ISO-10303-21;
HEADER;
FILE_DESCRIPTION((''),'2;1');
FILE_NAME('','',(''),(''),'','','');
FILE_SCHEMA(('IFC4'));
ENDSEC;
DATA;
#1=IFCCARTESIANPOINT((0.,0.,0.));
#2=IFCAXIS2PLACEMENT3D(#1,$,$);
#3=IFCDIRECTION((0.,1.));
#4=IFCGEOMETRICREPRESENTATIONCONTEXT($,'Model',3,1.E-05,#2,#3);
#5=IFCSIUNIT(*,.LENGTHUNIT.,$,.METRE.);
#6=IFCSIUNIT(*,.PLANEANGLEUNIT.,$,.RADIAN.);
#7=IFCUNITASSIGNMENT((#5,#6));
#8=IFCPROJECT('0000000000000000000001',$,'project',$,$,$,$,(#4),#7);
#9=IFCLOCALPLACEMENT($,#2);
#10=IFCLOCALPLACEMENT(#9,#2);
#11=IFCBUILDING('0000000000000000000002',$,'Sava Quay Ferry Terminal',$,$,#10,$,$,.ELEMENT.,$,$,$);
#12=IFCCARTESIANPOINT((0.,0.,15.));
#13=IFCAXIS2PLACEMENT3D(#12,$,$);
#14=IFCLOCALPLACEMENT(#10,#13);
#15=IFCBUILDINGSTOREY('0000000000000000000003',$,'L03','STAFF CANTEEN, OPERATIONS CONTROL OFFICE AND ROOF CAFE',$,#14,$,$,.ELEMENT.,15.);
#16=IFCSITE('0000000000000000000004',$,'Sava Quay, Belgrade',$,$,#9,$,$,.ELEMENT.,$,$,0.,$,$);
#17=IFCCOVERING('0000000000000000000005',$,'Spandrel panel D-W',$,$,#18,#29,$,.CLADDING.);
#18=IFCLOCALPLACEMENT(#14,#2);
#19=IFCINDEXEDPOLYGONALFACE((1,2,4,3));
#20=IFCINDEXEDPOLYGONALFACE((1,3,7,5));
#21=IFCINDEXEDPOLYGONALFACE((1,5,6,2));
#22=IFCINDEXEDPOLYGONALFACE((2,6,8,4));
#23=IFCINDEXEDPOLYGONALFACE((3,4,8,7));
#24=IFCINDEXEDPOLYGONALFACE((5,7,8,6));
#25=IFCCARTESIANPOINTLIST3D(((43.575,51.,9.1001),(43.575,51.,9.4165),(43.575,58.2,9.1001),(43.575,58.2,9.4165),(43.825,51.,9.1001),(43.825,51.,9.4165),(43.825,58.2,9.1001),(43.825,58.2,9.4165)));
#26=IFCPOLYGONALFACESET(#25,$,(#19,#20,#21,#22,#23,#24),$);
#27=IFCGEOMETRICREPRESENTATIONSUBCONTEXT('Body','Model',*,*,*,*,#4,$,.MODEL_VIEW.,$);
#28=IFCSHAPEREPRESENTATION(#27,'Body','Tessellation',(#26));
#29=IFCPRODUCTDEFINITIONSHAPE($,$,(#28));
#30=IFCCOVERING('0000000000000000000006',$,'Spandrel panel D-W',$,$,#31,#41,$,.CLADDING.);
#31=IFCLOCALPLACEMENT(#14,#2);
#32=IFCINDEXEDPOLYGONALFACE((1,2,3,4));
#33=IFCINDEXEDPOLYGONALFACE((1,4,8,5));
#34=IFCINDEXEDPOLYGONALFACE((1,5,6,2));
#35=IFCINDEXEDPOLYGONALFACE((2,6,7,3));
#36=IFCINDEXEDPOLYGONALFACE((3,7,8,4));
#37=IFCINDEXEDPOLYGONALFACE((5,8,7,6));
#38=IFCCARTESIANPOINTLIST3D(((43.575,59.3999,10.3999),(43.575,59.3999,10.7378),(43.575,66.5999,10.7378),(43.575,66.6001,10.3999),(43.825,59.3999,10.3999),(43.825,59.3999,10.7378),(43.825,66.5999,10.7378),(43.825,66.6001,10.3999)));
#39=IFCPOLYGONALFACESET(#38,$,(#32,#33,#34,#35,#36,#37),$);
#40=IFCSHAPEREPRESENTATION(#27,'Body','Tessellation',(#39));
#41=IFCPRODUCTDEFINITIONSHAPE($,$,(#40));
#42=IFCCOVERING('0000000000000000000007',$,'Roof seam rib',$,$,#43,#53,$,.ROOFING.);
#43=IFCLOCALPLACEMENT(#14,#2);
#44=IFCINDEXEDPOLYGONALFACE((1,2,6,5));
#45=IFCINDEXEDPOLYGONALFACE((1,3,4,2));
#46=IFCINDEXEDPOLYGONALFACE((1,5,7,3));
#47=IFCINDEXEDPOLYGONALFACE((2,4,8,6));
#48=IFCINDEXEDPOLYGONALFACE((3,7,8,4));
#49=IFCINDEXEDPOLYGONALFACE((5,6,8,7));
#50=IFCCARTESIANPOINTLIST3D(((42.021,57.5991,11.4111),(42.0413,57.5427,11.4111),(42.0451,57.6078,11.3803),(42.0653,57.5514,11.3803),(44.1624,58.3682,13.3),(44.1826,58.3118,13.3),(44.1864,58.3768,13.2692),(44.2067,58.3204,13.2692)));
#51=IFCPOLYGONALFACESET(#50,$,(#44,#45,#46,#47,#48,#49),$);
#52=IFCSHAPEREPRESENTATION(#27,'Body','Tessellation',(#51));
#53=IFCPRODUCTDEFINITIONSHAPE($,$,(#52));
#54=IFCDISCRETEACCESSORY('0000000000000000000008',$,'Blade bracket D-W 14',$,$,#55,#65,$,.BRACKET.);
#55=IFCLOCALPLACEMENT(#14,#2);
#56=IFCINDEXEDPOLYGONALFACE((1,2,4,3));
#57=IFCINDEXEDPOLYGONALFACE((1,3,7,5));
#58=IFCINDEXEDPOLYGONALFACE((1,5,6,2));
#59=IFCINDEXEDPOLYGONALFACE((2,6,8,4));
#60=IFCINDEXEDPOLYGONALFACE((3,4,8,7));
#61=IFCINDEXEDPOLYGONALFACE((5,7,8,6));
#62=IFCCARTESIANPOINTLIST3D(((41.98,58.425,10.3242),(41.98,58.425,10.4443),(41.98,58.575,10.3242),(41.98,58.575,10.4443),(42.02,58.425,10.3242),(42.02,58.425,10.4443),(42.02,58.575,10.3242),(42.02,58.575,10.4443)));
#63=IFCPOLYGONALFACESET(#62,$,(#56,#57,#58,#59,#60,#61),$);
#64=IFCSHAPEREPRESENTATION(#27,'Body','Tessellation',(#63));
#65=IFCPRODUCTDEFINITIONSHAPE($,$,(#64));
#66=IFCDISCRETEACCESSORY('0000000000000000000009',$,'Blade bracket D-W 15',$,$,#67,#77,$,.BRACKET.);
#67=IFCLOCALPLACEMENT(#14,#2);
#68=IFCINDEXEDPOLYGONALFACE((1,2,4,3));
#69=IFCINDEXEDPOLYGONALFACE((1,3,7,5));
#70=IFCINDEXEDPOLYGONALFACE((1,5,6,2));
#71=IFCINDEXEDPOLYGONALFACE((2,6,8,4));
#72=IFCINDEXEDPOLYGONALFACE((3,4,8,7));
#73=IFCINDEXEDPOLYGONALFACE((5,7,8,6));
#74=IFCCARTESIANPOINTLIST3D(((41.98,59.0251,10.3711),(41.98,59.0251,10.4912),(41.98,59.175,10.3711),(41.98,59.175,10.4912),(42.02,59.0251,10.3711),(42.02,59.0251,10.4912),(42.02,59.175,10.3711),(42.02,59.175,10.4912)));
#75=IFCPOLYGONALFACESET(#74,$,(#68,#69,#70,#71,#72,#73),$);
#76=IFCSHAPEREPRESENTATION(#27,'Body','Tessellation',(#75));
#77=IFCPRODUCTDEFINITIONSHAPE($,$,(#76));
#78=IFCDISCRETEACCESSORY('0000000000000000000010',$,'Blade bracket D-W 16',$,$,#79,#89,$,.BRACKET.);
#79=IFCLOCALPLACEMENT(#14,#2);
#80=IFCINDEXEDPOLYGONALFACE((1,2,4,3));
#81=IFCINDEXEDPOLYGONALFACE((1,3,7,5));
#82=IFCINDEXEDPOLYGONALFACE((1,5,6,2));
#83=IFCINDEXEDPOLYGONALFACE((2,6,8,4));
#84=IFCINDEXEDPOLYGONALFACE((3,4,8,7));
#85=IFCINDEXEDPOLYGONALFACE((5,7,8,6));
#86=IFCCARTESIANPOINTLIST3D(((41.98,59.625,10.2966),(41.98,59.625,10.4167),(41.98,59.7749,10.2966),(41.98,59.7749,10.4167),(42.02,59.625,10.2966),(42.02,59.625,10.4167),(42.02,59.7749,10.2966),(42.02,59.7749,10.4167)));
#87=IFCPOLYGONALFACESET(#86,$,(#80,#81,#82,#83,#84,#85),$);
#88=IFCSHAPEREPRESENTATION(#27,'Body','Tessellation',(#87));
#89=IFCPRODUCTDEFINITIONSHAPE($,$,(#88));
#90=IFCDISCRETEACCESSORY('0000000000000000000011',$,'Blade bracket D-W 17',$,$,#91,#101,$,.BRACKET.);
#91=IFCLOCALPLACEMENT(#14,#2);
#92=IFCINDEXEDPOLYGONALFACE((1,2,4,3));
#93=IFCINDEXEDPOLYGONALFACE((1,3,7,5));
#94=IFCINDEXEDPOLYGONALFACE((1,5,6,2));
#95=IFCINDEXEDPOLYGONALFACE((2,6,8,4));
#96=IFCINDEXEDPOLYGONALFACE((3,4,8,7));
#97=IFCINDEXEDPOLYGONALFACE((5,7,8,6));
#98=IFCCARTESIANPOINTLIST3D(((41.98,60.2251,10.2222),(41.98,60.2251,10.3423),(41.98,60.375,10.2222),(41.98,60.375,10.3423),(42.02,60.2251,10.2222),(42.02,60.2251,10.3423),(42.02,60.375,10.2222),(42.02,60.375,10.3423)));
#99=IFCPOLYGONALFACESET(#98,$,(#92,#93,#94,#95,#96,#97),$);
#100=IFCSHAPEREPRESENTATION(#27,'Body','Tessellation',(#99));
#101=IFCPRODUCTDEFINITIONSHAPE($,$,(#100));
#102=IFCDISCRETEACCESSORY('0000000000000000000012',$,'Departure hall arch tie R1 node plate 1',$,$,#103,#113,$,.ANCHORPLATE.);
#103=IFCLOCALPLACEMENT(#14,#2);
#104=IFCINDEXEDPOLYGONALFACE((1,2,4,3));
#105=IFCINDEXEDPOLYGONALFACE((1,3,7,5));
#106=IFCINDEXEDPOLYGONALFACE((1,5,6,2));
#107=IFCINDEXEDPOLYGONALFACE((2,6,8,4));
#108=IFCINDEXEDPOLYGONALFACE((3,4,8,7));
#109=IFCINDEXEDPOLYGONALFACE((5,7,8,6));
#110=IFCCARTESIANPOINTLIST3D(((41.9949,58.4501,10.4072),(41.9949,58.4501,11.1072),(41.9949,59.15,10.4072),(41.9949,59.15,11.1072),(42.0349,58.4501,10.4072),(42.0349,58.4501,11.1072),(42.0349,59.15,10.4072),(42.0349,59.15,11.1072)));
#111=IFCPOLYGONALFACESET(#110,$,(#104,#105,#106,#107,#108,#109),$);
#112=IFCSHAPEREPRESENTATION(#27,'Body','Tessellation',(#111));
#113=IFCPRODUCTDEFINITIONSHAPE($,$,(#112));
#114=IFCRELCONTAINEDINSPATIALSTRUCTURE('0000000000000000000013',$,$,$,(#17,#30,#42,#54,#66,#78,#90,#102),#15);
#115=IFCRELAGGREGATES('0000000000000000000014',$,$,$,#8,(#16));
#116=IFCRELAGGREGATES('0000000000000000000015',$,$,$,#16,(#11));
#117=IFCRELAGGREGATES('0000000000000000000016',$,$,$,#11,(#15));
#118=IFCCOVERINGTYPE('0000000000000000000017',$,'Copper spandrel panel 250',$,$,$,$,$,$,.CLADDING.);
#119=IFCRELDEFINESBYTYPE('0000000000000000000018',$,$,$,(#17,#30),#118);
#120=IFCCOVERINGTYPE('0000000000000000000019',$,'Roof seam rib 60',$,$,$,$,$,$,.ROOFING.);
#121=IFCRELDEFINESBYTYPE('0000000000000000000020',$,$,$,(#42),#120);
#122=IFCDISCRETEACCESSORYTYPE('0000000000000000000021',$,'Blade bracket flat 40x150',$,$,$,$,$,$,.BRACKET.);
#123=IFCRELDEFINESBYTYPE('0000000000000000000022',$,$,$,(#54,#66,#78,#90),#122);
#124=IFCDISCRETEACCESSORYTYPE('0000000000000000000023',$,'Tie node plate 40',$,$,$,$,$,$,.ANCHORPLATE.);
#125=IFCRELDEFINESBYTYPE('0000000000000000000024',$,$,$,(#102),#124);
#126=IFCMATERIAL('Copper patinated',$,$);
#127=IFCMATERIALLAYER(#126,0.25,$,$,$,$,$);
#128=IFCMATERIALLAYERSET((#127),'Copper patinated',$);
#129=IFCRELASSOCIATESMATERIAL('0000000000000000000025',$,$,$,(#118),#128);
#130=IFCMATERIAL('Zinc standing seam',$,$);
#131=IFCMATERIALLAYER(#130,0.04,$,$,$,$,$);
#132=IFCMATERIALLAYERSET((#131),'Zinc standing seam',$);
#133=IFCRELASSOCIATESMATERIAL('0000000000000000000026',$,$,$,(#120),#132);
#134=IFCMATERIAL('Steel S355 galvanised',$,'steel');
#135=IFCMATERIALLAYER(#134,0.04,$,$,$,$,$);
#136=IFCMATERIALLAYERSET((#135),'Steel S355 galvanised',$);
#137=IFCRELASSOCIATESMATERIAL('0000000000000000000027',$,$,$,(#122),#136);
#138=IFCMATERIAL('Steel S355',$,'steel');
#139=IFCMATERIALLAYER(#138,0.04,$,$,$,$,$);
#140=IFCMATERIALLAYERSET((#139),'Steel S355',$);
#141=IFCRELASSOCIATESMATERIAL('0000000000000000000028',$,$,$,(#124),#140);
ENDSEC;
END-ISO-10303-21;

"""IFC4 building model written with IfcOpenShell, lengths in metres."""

from ifc_helpers import new_model, si_unit, direction, frame, origin, origin_2d, place, context, subcontext, project, spatial, polyline, rectangle, outline, extrude, material, layer, layer_set, type_object, element, save


model = new_model("IFC4")

# Units and contexts
model_context = context("Model", 3, precision=1e-05, world=origin(), true_north=direction((0.0, 1.0)))
body_context = subcontext(model_context, "Body", "Model", "MODEL_VIEW")
ifc_project = project(units=[si_unit("LENGTHUNIT", "METRE"), si_unit("PLANEANGLEUNIT", "RADIAN")], contexts=[model_context])

# Site, building, storey
site_placement = place(None, origin())
site = spatial("IfcSite", under=ifc_project, at=site_placement, Name="Sava Quay, Belgrade", CompositionType="ELEMENT", RefElevation=0.0)
building_placement = place(site_placement, origin())
building = spatial("IfcBuilding", under=site, at=building_placement, Name="Sava Quay Ferry Terminal", CompositionType="ELEMENT")
storey_placement = place(building_placement, frame((0.0, 0.0, 15.0)))
storey = spatial("IfcBuildingStorey", under=building, at=storey_placement, Name="L03", Description="STAFF CANTEEN, OPERATIONS CONTROL OFFICE AND ROOF CAFE", CompositionType="ELEMENT", Elevation=15.0)

# Coverings
ifc_material_1 = material(Name="Copper patinated")
ifc_layer_1 = layer(ifc_material_1, 0.25)
ifc_layer_set_1 = layer_set([ifc_layer_1], Name="Copper patinated")
covering_type_1 = type_object("IfcCoveringType", Name="Copper spandrel panel 250", PredefinedType="CLADDING", material=ifc_layer_set_1)
covering_1_placement = place(storey_placement, frame((43.7, 51.0, 9.1001), z_axis=(0.0, 0.0, 1.0), x_axis=(0.0, 1.0, 0.0)))
element("IfcCovering", 1, at=covering_1_placement, inside=storey, type_object=covering_type_1, Name="Spandrel panel D-W", PredefinedType="CLADDING", context=body_context, shape_type="SweptSolid", body=[
    extrude(outline(polyline([(0.0, 0.0), (7.2, 0.0), (7.2, 0.3164), (0.0, 0.3164), (0.0, 0.0)])), frame((0.0, 0.125, 0.0), z_axis=(0.0, -1.0, 0.0), x_axis=(1.0, 0.0, 0.0)), (0.0, 0.0, 1.0), 0.25),
])
covering_2_placement = place(storey_placement, frame((43.7, 59.3999, 10.3999), z_axis=(0.0, 0.0, 1.0), x_axis=(0.0, 1.0, 0.0)))
element("IfcCovering", 2, at=covering_2_placement, inside=storey, type_object=covering_type_1, Name="Spandrel panel D-W", PredefinedType="CLADDING", context=body_context, shape_type="SweptSolid", body=[
    extrude(outline(polyline([(0.0, 0.0), (7.2002, 0.0), (7.2, 0.3379), (0.0, 0.3379), (0.0, 0.0)])), frame((0.0, 0.125, 0.0), z_axis=(0.0, -1.0, 0.0), x_axis=(1.0, 0.0, 0.0)), (0.0, 0.0, 1.0), 0.25),
])
ifc_material_2 = material(Name="Zinc standing seam")
ifc_layer_2 = layer(ifc_material_2, 0.04)
ifc_layer_set_2 = layer_set([ifc_layer_2], Name="Zinc standing seam")
covering_type_2 = type_object("IfcCoveringType", Name="Roof seam rib 60", PredefinedType="ROOFING", material=ifc_layer_set_2)
covering_3_placement = place(storey_placement, frame((42.021, 57.5991, 11.4111), z_axis=(-0.601132, -0.215991, 0.769407), x_axis=(0.724124, 0.260061, 0.638758)))
element("IfcCovering", 3, at=covering_3_placement, inside=storey, type_object=covering_type_2, Name="Roof seam rib", PredefinedType="ROOFING", context=body_context, shape_type="SweptSolid", body=[
    extrude(outline(polyline([(0.0, 0.0), (2.9572, 0.0), (2.9572, -0.0599), (0.0, -0.0599), (0.0, 0.0)])), origin(), (0.0, 0.0, -1.0), 0.04),
])

# Discrete accessories
ifc_material_3 = material(Name="Steel S355 galvanised", Category="steel")
ifc_layer_3 = layer(ifc_material_3, 0.04)
ifc_layer_set_3 = layer_set([ifc_layer_3], Name="Steel S355 galvanised")
discrete_accessory_type_1 = type_object("IfcDiscreteAccessoryType", Name="Blade bracket flat 40x150", PredefinedType="BRACKET", material=ifc_layer_set_3)
for number, where, z_axis, x_axis, name in (
    (4, (42.0, 58.5, 10.3242), (0.0, 0.0, 1.0), (1.0, 0.0, 0.0), "Blade bracket D-W 14"),
    (5, (42.0, 59.1001, 10.3711), (0.0, 0.0, 1.0), (1.0, 0.0, 0.0), "Blade bracket D-W 15"),
    (6, (42.0, 59.7, 10.2966), (0.0, 0.0, 1.0), (1.0, 0.0, 0.0), "Blade bracket D-W 16"),
    (7, (42.0, 60.3, 10.2222), (0.0, 0.0, 1.0), (1.0, 0.0, 0.0), "Blade bracket D-W 17"),
):
    element("IfcDiscreteAccessory", number, at=place(storey_placement, frame(where, z_axis=z_axis, x_axis=x_axis)), inside=storey, type_object=discrete_accessory_type_1, Name=name, PredefinedType="BRACKET", context=body_context, shape_type="SweptSolid", body=[
        extrude(rectangle(XDim=0.04, YDim=0.1499, at=origin_2d()), origin(), (0.0, 0.0, 1.0), 0.1201),
    ])
ifc_material_4 = material(Name="Steel S355", Category="steel")
ifc_layer_4 = layer(ifc_material_4, 0.04)
ifc_layer_set_4 = layer_set([ifc_layer_4], Name="Steel S355")
discrete_accessory_type_2 = type_object("IfcDiscreteAccessoryType", Name="Tie node plate 40", PredefinedType="ANCHORPLATE", material=ifc_layer_set_4)
discrete_accessory_placement = place(storey_placement, frame((42.0149, 58.8, 10.4072), z_axis=(0.0, 0.0, 1.0), x_axis=(1.0, 0.0, 0.0)))
element("IfcDiscreteAccessory", 8, at=discrete_accessory_placement, inside=storey, type_object=discrete_accessory_type_2, Name="Departure hall arch tie R1 node plate 1", PredefinedType="ANCHORPLATE", context=body_context, shape_type="SweptSolid", body=[
    extrude(rectangle(XDim=0.04, YDim=0.7, at=origin_2d()), origin(), (0.0, 0.0, 1.0), 0.7),
])

save(model, "model.ifc")
